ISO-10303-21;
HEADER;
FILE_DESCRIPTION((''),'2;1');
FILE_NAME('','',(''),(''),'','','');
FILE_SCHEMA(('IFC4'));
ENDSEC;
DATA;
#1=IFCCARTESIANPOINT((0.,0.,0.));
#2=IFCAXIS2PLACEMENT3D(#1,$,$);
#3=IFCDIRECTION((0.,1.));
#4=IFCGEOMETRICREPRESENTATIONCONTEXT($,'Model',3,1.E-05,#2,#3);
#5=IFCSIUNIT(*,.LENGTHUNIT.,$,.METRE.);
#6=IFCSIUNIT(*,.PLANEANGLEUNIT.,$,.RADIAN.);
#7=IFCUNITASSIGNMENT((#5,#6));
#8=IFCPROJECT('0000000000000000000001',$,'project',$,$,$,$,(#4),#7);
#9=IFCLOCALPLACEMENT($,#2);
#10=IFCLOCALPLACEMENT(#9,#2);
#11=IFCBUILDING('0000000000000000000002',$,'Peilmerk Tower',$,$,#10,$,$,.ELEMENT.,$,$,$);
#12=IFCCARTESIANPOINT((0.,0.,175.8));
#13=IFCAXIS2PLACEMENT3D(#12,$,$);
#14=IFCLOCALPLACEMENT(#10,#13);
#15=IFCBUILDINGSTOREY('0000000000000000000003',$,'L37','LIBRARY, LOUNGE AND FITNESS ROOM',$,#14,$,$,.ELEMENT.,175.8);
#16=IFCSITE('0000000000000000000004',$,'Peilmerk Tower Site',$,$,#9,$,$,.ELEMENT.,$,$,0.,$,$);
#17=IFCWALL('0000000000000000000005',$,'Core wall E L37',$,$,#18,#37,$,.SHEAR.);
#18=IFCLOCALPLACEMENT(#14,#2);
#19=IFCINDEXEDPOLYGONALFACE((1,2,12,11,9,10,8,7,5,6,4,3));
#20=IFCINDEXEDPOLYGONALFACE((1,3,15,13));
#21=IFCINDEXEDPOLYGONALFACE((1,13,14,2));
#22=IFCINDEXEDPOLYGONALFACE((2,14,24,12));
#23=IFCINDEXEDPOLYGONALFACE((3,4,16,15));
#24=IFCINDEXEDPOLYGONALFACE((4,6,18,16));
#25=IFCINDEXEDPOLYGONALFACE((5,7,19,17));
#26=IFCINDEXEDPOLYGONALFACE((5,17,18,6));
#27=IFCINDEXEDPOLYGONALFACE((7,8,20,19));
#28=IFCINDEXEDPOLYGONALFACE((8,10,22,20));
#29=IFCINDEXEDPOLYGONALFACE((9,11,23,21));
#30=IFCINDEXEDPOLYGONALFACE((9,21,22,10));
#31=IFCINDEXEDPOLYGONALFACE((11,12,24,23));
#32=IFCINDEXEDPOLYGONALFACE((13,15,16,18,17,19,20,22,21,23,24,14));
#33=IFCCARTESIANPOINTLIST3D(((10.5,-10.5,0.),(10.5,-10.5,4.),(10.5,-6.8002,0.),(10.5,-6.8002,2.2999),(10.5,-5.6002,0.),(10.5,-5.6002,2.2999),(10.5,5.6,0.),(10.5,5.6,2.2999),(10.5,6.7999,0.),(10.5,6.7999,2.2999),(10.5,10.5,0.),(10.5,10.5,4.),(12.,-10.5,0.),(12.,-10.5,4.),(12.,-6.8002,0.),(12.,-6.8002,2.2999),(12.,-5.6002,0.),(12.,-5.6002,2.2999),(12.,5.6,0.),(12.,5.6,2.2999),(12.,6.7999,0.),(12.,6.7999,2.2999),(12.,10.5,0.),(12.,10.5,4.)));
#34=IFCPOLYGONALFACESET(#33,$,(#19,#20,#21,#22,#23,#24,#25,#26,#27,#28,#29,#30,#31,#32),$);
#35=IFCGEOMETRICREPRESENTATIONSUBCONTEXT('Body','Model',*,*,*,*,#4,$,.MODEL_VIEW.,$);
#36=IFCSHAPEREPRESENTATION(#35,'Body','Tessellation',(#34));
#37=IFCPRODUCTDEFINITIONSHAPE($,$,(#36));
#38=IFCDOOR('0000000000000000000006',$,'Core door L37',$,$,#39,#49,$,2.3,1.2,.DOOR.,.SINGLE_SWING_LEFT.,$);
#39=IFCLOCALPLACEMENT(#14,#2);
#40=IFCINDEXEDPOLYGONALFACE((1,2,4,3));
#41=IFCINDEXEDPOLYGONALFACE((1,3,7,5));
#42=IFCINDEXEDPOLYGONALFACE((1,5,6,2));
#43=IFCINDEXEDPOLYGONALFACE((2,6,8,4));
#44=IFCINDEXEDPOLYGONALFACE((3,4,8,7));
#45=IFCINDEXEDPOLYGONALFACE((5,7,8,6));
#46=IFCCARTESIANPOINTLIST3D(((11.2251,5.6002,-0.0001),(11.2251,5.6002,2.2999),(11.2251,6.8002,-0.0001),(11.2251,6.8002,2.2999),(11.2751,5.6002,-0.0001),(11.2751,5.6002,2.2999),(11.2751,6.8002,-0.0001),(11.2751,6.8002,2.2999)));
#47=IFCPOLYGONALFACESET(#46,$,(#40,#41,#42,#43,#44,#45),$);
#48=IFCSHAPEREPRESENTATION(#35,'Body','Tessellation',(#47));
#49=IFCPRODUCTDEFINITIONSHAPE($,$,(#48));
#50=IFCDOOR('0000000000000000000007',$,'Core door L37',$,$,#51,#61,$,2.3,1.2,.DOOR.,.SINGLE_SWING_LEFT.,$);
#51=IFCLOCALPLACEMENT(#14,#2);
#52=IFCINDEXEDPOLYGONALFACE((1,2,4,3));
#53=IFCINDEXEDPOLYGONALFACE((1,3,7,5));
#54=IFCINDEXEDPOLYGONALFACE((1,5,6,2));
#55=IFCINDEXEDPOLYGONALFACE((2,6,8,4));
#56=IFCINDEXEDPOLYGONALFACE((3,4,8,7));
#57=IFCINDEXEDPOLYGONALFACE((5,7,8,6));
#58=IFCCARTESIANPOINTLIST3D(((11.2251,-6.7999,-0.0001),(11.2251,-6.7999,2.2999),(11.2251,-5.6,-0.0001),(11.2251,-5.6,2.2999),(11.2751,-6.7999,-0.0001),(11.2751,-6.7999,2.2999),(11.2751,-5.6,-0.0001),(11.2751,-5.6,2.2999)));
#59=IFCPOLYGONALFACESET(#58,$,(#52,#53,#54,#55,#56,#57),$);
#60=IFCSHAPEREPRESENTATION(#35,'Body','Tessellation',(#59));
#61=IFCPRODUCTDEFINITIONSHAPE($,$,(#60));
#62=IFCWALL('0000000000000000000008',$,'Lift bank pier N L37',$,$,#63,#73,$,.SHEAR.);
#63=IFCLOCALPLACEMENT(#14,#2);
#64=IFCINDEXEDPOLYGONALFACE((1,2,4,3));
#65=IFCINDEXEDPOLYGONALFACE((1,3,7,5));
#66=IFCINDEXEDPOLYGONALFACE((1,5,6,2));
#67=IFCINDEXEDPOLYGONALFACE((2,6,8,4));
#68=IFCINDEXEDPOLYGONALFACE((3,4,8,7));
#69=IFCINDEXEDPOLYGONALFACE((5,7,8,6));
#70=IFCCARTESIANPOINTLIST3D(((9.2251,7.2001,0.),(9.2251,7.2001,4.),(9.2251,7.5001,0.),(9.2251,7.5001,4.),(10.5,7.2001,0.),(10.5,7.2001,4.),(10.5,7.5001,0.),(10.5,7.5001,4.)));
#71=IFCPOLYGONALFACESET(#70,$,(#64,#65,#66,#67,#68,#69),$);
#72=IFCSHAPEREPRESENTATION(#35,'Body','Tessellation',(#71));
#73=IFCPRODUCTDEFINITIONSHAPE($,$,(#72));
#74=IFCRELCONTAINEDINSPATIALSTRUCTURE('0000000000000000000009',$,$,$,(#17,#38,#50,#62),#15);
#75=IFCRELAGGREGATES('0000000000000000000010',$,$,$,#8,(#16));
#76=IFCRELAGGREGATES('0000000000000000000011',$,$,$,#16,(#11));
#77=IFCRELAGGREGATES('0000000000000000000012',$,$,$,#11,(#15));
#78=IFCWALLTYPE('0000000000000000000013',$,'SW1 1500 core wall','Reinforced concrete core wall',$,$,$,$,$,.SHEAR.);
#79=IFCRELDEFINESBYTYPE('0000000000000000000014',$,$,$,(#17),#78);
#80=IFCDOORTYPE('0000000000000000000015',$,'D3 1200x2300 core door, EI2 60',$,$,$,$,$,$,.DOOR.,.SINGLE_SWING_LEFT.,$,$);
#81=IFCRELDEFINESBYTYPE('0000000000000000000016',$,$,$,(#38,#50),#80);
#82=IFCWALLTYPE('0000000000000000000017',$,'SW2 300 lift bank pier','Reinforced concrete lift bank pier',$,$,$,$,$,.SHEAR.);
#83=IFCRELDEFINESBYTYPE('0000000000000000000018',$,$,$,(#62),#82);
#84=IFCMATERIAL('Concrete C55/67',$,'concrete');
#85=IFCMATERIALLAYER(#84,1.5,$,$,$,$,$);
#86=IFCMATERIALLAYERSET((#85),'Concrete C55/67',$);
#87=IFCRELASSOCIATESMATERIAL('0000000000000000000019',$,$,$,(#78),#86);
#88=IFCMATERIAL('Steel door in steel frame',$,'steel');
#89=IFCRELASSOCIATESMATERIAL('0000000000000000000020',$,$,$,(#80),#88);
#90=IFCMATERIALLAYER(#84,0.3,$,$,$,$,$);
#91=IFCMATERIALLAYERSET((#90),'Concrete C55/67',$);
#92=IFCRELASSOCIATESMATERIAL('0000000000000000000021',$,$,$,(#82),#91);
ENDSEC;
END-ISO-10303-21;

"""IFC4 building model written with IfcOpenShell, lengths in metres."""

from ifc_helpers import new_model, si_unit, direction, frame, frame_2d, origin, place, context, subcontext, project, spatial, rectangle, extrude, material, layer, layer_set, type_object, element, fill, save


model = new_model("IFC4")

# Units and contexts
model_context = context("Model", 3, precision=1e-05, world=origin(), true_north=direction((0.0, 1.0)))
body_context = subcontext(model_context, "Body", "Model", "MODEL_VIEW")
ifc_project = project(units=[si_unit("LENGTHUNIT", "METRE"), si_unit("PLANEANGLEUNIT", "RADIAN")], contexts=[model_context])

# Site, building, storey
site_placement = place(None, origin())
site = spatial("IfcSite", under=ifc_project, at=site_placement, Name="Peilmerk Tower Site", CompositionType="ELEMENT", RefElevation=0.0)
building_placement = place(site_placement, origin())
building = spatial("IfcBuilding", under=site, at=building_placement, Name="Peilmerk Tower", CompositionType="ELEMENT")
storey_placement = place(building_placement, frame((0.0, 0.0, 175.8)))
storey = spatial("IfcBuildingStorey", under=building, at=storey_placement, Name="L37", Description="LIBRARY, LOUNGE AND FITNESS ROOM", CompositionType="ELEMENT", Elevation=175.8)

# Wall, openings, doors
ifc_material_1 = material(Name="Concrete C55/67", Category="concrete")
ifc_layer_1 = layer(ifc_material_1, 1.5)
ifc_layer_set_1 = layer_set([ifc_layer_1], Name="Concrete C55/67")
wall_type_1 = type_object("IfcWallType", Name="SW1 1500 core wall", Description="Reinforced concrete core wall", PredefinedType="SHEAR", material=ifc_layer_set_1)
wall_1_placement = place(storey_placement, frame((11.25, 10.5, 0.0), z_axis=(0.0, 0.0, 1.0), x_axis=(0.0, -1.0, 0.0)))
wall_1 = element("IfcWall", 1, at=wall_1_placement, inside=storey, type_object=wall_type_1, Name="Core wall E L37", PredefinedType="SHEAR", context=body_context, shape_type="SweptSolid", body=[
    extrude(rectangle(XDim=21.0, YDim=1.5, at=frame_2d((10.5, 0.0))), origin(), (0.0, 0.0, 1.0), 4.0),
])
opening_1_placement = place(wall_1_placement, frame((3.7, 0.0, 0.0)))
opening_1 = element("IfcOpeningElement", 2, at=opening_1_placement, cuts=wall_1, PredefinedType="OPENING", context=body_context, shape_type="SweptSolid", body=[
    extrude(rectangle(XDim=1.2, YDim=2.3, at=frame_2d((0.6001, 1.1499))), frame((0.0, 0.76, 0.0), z_axis=(0.0, -1.0, 0.0), x_axis=(1.0, 0.0, 0.0)), (0.0, 0.0, 1.0), 1.52),
])
opening_2_placement = place(wall_1_placement, frame((16.1001, 0.0, 0.0)))
opening_2 = element("IfcOpeningElement", 3, at=opening_2_placement, cuts=wall_1, PredefinedType="OPENING", context=body_context, shape_type="SweptSolid", body=[
    extrude(rectangle(XDim=1.2, YDim=2.3, at=frame_2d((0.6001, 1.1499))), frame((0.0, 0.76, 0.0), z_axis=(0.0, -1.0, 0.0), x_axis=(1.0, 0.0, 0.0)), (0.0, 0.0, 1.0), 1.52),
])
ifc_material_2 = material(Name="Steel door in steel frame", Category="steel")
door_type = type_object("IfcDoorType", Name="D3 1200x2300 core door, EI2 60", OperationType="SINGLE_SWING_LEFT", PredefinedType="DOOR", material=ifc_material_2)
door_1_placement = place(opening_1_placement, frame((1.2, 0.0, 0.0), z_axis=(0.0, 0.0, 1.0), x_axis=(-1.0, 0.0, 0.0)))
door_1 = element("IfcDoor", 4, at=door_1_placement, inside=storey, type_object=door_type, Name="Core door L37", OperationType="SINGLE_SWING_LEFT", OverallHeight=2.3, OverallWidth=1.2, PredefinedType="DOOR", context=body_context, shape_type="SweptSolid", body=[
    extrude(rectangle(XDim=1.2, YDim=2.3, at=frame_2d((0.6001, 1.1499))), frame((0.0, 0.0249, 0.0), z_axis=(0.0, -1.0, 0.0), x_axis=(1.0, 0.0, 0.0)), (0.0, 0.0, 1.0), 0.05),
])
fill(opening_1, door_1)
door_2_placement = place(opening_2_placement, frame((1.2, 0.0, 0.0), z_axis=(0.0, 0.0, 1.0), x_axis=(-1.0, 0.0, 0.0)))
door_2 = element("IfcDoor", 5, at=door_2_placement, inside=storey, type_object=door_type, Name="Core door L37", OperationType="SINGLE_SWING_LEFT", OverallHeight=2.3, OverallWidth=1.2, PredefinedType="DOOR", context=body_context, shape_type="SweptSolid", body=[
    extrude(rectangle(XDim=1.2, YDim=2.3, at=frame_2d((0.6001, 1.1499))), frame((0.0, 0.0249, 0.0), z_axis=(0.0, -1.0, 0.0), x_axis=(1.0, 0.0, 0.0)), (0.0, 0.0, 1.0), 0.05),
])
fill(opening_2, door_2)

# Wall
ifc_layer_2 = layer(ifc_material_1, 0.3)
ifc_layer_set_2 = layer_set([ifc_layer_2], Name="Concrete C55/67")
wall_type_2 = type_object("IfcWallType", Name="SW2 300 lift bank pier", Description="Reinforced concrete lift bank pier", PredefinedType="SHEAR", material=ifc_layer_set_2)
wall_2_placement = place(storey_placement, frame((9.2251, 7.3501, 0.0), z_axis=(0.0, 0.0, 1.0), x_axis=(1.0, 0.0, 0.0)))
element("IfcWall", 6, at=wall_2_placement, inside=storey, type_object=wall_type_2, Name="Lift bank pier N L37", PredefinedType="SHEAR", context=body_context, shape_type="SweptSolid", body=[
    extrude(rectangle(XDim=1.2749, YDim=0.3, at=frame_2d((0.6375, 0.0))), origin(), (0.0, 0.0, 1.0), 4.0),
])

save(model, "model.ifc")
